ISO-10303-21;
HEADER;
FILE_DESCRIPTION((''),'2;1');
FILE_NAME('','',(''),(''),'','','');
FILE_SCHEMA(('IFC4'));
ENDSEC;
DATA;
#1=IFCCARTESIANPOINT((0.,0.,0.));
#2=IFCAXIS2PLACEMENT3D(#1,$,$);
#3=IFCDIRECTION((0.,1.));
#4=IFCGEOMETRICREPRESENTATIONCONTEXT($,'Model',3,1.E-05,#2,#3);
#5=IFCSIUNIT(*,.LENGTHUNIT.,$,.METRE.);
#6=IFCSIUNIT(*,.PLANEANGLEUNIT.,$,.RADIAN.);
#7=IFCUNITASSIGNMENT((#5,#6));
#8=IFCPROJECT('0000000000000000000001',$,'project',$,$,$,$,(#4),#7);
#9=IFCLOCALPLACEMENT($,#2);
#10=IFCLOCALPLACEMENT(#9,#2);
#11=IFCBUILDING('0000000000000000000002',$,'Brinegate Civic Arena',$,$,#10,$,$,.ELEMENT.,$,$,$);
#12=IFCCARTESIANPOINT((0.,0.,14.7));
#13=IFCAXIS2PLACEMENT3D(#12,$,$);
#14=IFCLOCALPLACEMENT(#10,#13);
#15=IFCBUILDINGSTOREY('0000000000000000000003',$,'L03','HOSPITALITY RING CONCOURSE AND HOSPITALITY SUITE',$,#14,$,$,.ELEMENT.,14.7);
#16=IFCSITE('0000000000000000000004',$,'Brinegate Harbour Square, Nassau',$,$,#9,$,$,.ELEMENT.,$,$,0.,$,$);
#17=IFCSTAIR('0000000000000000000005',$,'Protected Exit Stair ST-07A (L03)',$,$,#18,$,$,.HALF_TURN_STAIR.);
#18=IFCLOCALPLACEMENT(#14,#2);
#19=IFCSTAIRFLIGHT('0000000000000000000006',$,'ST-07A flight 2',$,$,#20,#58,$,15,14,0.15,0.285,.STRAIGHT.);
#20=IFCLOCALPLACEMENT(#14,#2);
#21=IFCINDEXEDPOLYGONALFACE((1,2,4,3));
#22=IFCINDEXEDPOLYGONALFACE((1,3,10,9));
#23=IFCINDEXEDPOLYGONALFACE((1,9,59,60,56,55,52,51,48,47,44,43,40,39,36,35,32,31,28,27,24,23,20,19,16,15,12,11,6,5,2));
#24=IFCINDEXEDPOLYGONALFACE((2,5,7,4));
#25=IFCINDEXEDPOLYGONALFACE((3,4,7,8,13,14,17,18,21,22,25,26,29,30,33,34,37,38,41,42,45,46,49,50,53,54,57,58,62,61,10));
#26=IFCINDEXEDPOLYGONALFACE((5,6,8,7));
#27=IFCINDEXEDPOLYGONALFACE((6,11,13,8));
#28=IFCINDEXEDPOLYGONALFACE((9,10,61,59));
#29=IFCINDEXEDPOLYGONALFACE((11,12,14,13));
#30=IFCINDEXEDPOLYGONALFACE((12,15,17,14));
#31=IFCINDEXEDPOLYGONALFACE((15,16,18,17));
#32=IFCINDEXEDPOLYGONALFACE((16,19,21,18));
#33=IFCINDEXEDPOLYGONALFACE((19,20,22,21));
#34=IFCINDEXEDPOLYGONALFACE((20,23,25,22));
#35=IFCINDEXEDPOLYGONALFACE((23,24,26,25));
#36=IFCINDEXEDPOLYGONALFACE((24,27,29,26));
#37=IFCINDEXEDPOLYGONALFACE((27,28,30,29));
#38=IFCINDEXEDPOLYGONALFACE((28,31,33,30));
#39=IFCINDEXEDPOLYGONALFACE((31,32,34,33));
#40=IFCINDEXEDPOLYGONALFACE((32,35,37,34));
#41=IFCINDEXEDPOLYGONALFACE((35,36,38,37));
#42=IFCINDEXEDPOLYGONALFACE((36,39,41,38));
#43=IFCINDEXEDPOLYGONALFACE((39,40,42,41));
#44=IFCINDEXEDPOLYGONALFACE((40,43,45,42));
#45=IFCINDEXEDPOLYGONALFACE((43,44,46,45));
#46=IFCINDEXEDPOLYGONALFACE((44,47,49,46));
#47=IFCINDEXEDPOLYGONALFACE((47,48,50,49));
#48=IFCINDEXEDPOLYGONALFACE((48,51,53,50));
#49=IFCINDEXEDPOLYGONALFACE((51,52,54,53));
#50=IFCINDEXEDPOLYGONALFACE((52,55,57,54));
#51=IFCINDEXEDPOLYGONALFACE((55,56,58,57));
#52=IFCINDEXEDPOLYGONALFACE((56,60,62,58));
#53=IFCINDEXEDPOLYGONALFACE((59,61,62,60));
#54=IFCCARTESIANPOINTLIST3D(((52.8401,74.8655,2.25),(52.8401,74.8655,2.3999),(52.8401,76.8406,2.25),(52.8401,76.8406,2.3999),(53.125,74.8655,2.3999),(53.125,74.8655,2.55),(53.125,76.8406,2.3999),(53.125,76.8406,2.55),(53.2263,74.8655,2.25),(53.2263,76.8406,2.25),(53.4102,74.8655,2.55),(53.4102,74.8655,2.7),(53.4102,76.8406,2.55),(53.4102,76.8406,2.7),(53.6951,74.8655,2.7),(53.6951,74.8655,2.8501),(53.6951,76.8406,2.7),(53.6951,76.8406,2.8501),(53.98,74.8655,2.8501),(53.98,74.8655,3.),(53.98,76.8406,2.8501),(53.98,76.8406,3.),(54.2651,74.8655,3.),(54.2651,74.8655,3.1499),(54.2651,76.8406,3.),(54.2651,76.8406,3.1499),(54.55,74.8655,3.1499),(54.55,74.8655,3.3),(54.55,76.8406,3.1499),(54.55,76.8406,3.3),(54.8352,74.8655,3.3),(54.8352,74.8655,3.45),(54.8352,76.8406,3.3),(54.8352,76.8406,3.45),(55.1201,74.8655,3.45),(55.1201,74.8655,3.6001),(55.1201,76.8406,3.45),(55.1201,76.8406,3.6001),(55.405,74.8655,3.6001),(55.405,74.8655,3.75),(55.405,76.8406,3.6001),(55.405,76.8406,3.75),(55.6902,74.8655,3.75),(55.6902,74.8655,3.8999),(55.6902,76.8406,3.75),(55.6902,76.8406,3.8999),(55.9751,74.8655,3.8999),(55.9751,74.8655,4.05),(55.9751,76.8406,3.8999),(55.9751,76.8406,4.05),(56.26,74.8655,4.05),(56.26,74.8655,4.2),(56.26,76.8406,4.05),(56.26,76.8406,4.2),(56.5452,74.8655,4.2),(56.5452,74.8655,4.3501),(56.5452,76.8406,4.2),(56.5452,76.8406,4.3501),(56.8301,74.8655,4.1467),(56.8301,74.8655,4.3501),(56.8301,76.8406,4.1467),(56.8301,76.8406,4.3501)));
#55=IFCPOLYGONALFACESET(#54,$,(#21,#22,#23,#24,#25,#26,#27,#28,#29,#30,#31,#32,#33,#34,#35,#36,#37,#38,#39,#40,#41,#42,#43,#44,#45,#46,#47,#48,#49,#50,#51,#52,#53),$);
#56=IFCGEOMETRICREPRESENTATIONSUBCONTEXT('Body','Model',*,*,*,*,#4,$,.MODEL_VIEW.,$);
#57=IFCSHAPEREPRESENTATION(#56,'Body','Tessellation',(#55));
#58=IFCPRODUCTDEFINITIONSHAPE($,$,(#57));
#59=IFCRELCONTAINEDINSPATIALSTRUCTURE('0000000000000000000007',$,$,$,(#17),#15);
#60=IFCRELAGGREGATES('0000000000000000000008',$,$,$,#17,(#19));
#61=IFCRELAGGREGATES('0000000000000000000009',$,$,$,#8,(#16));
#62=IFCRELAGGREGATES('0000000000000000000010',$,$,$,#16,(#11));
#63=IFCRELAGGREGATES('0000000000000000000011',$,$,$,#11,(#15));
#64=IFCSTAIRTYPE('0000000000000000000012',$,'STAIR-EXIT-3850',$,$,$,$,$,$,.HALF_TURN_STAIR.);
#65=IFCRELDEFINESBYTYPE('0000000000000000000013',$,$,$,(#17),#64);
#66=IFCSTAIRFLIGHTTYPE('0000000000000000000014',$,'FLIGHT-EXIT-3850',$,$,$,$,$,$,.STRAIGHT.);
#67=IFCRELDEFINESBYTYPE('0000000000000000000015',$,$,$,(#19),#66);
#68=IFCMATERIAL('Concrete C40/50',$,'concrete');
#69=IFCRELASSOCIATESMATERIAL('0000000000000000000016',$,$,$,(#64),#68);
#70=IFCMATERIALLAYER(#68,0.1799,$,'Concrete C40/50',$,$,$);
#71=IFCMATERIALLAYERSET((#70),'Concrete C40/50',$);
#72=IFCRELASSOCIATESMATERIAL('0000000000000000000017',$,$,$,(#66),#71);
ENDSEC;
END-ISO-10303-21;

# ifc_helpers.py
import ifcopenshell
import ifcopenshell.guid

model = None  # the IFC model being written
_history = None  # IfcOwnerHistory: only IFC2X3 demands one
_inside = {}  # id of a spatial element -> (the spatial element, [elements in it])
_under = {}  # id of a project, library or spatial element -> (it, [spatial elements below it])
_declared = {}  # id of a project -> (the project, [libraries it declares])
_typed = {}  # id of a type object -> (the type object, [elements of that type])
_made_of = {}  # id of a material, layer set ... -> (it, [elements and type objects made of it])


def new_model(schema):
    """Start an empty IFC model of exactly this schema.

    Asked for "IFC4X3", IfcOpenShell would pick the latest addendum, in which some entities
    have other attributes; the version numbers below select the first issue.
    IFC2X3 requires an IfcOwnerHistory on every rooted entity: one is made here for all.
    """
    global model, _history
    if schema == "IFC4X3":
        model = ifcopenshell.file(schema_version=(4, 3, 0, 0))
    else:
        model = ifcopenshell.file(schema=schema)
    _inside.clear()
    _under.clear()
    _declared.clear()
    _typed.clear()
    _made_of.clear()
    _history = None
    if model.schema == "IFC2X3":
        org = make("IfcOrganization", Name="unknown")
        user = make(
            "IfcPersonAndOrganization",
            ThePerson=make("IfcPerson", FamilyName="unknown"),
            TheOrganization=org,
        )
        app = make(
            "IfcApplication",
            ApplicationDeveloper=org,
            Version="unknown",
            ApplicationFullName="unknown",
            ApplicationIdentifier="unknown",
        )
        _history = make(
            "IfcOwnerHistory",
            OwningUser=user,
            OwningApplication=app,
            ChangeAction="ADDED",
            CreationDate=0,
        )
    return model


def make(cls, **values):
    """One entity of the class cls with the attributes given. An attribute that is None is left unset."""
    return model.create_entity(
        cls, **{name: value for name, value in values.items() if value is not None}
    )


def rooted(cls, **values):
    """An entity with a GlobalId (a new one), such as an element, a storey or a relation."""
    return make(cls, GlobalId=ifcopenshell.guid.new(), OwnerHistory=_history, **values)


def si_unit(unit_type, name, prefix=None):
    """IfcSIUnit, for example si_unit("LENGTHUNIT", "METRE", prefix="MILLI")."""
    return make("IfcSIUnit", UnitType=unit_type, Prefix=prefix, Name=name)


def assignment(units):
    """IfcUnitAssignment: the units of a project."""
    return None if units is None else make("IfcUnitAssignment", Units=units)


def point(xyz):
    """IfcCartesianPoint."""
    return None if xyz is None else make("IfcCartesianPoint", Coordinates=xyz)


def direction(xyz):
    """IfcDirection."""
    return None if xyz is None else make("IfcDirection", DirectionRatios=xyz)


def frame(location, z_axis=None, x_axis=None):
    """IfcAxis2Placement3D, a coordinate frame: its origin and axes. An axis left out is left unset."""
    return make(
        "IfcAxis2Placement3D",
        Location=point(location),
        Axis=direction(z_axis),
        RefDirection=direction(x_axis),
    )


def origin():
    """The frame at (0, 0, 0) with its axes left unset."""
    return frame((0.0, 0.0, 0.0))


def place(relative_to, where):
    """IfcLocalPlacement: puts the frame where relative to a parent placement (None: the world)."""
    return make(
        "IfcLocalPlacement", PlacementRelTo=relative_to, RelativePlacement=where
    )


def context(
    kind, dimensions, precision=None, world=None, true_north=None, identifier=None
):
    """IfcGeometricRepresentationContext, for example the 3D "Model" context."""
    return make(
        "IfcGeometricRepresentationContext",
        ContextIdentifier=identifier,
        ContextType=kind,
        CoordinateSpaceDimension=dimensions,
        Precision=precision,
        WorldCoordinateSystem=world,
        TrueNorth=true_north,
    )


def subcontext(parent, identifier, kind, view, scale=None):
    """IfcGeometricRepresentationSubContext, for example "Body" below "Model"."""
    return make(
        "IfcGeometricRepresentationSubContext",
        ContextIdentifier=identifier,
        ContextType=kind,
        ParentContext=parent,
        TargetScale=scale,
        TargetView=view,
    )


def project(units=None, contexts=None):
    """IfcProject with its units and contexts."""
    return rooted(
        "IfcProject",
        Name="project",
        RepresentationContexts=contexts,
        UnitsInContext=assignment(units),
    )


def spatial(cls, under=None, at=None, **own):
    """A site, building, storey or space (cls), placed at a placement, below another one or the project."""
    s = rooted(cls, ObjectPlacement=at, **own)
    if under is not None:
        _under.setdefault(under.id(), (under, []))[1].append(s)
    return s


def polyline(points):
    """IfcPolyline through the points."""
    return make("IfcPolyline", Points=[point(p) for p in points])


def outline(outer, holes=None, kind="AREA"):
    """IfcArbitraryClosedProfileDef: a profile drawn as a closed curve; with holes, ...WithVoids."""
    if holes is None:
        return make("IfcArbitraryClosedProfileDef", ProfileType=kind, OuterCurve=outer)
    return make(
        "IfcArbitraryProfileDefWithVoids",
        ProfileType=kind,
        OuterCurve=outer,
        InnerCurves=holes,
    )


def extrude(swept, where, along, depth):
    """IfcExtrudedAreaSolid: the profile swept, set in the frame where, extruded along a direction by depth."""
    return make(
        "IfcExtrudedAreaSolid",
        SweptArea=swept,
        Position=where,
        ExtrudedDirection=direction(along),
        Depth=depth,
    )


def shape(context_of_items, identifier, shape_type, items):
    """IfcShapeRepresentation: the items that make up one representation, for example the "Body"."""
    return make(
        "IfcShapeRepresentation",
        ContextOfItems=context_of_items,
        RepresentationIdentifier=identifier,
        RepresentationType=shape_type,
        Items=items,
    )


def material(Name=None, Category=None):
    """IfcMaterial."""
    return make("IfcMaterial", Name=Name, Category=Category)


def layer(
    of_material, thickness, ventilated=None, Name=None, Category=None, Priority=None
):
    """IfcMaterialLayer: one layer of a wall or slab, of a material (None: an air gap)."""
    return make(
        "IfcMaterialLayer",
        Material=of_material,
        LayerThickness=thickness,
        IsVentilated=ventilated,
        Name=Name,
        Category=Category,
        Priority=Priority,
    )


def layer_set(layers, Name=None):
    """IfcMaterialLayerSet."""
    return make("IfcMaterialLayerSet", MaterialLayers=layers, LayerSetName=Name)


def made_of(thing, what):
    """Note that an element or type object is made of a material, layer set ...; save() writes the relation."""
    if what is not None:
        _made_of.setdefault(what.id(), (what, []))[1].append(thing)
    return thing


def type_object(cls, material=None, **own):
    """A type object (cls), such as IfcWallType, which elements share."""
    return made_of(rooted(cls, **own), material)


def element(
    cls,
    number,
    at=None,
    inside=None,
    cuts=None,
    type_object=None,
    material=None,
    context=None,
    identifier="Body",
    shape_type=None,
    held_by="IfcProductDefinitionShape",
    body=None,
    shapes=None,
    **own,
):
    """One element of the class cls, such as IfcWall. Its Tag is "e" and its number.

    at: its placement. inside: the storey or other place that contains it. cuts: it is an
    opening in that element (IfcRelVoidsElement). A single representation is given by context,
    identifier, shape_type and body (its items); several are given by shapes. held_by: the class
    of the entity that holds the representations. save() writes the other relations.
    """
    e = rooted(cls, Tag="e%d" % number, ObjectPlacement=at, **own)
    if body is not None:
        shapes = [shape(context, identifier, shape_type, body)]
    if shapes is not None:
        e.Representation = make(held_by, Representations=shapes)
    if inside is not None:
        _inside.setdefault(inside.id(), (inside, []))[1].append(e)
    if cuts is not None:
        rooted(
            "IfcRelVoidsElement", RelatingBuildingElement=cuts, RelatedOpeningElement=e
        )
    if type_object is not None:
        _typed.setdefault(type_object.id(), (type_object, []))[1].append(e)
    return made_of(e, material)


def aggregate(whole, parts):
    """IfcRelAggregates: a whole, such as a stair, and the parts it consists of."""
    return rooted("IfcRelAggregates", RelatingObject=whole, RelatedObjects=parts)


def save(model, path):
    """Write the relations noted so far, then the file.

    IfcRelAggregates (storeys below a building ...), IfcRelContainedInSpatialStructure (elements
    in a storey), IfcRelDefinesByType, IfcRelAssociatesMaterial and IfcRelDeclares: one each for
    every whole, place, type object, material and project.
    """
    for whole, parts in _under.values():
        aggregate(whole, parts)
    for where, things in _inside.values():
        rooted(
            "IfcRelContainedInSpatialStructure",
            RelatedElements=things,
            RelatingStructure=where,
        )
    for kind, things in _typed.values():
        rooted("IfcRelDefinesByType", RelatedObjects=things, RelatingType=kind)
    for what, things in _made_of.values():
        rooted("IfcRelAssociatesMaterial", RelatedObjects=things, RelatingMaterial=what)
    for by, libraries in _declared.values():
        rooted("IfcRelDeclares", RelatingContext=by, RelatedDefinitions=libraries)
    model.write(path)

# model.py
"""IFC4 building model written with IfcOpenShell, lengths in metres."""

from ifc_helpers import new_model, si_unit, direction, frame, origin, place, context, subcontext, project, spatial, polyline, outline, extrude, material, layer, layer_set, type_object, element, aggregate, save


model = new_model("IFC4")

# Units and contexts
model_context = context("Model", 3, precision=1e-05, world=origin(), true_north=direction((0.0, 1.0)))
body_context = subcontext(model_context, "Body", "Model", "MODEL_VIEW")
ifc_project = project(units=[si_unit("LENGTHUNIT", "METRE"), si_unit("PLANEANGLEUNIT", "RADIAN")], contexts=[model_context])

# Site, building, storey
site_placement = place(None, origin())
site = spatial("IfcSite", under=ifc_project, at=site_placement, Name="Brinegate Harbour Square, Nassau", CompositionType="ELEMENT", RefElevation=0.0)
building_placement = place(site_placement, origin())
building = spatial("IfcBuilding", under=site, at=building_placement, Name="Brinegate Civic Arena", CompositionType="ELEMENT")
storey_placement = place(building_placement, frame((0.0, 0.0, 14.7)))
storey = spatial("IfcBuildingStorey", under=building, at=storey_placement, Name="L03", Description="HOSPITALITY RING CONCOURSE AND HOSPITALITY SUITE", CompositionType="ELEMENT", Elevation=14.7)

# Stair, stair flight
ifc_material_1 = material(Name="Concrete C40/50", Category="concrete")
stair_type_1 = type_object("IfcStairType", Name="STAIR-EXIT-3850", PredefinedType="HALF_TURN_STAIR", material=ifc_material_1)
stair_1_placement = place(storey_placement, origin())
stair_1 = element("IfcStair", 1, at=stair_1_placement, inside=storey, type_object=stair_type_1, Name="Protected Exit Stair ST-07A (L03)", PredefinedType="HALF_TURN_STAIR")
ifc_layer_1 = layer(ifc_material_1, 0.1799, Name="Concrete C40/50")
ifc_layer_set_1 = layer_set([ifc_layer_1], Name="Concrete C40/50")
stair_flight_type_1 = type_object("IfcStairFlightType", Name="FLIGHT-EXIT-3850", PredefinedType="STRAIGHT", material=ifc_layer_set_1)
stair_flight_1_placement = place(storey_placement, frame((52.8401, 75.853, 2.25), z_axis=(0.0, 0.0, 1.0), x_axis=(1.0, 0.0, 0.0)))
stair_flight_1 = element("IfcStairFlight", 2, at=stair_flight_1_placement, type_object=stair_flight_type_1, Name="ST-07A flight 2", NumberOfRisers=15, NumberOfTreads=14, PredefinedType="STRAIGHT", RiserHeight=0.15, TreadLength=0.285, context=body_context, shape_type="SweptSolid", body=[
    extrude(outline(polyline([(0.0, 0.0), (0.0, 0.1499), (0.2849, 0.1499), (0.2849, 0.3), (0.5701, 0.3), (0.5701, 0.45), (0.855, 0.45), (0.855, 0.6001), (1.1399, 0.6001), (1.1399, 0.75), (1.425, 0.75), (1.425, 0.8999), (1.71, 0.8999), (1.71, 1.05), (1.9951, 1.05), (1.9951, 1.2), (2.28, 1.2), (2.28, 1.3501), (2.5649, 1.3501), (2.5649, 1.5), (2.8501, 1.5), (2.8501, 1.6499), (3.135, 1.6499), (3.135, 1.8), (3.4199, 1.8), (3.4199, 1.95), (3.7051, 1.95), (3.7051, 2.1001), (3.99, 2.1001), (3.99, 2.25), (3.99, 1.8967), (0.3862, 0.0), (0.0, 0.0)])), frame((0.0, 0.9875, 0.0), z_axis=(0.0, -1.0, 0.0), x_axis=(1.0, 0.0, 0.0)), (0.0, 0.0, 1.0), 1.9751),
])
aggregate(stair_1, [stair_flight_1])

save(model, "model.ifc")
